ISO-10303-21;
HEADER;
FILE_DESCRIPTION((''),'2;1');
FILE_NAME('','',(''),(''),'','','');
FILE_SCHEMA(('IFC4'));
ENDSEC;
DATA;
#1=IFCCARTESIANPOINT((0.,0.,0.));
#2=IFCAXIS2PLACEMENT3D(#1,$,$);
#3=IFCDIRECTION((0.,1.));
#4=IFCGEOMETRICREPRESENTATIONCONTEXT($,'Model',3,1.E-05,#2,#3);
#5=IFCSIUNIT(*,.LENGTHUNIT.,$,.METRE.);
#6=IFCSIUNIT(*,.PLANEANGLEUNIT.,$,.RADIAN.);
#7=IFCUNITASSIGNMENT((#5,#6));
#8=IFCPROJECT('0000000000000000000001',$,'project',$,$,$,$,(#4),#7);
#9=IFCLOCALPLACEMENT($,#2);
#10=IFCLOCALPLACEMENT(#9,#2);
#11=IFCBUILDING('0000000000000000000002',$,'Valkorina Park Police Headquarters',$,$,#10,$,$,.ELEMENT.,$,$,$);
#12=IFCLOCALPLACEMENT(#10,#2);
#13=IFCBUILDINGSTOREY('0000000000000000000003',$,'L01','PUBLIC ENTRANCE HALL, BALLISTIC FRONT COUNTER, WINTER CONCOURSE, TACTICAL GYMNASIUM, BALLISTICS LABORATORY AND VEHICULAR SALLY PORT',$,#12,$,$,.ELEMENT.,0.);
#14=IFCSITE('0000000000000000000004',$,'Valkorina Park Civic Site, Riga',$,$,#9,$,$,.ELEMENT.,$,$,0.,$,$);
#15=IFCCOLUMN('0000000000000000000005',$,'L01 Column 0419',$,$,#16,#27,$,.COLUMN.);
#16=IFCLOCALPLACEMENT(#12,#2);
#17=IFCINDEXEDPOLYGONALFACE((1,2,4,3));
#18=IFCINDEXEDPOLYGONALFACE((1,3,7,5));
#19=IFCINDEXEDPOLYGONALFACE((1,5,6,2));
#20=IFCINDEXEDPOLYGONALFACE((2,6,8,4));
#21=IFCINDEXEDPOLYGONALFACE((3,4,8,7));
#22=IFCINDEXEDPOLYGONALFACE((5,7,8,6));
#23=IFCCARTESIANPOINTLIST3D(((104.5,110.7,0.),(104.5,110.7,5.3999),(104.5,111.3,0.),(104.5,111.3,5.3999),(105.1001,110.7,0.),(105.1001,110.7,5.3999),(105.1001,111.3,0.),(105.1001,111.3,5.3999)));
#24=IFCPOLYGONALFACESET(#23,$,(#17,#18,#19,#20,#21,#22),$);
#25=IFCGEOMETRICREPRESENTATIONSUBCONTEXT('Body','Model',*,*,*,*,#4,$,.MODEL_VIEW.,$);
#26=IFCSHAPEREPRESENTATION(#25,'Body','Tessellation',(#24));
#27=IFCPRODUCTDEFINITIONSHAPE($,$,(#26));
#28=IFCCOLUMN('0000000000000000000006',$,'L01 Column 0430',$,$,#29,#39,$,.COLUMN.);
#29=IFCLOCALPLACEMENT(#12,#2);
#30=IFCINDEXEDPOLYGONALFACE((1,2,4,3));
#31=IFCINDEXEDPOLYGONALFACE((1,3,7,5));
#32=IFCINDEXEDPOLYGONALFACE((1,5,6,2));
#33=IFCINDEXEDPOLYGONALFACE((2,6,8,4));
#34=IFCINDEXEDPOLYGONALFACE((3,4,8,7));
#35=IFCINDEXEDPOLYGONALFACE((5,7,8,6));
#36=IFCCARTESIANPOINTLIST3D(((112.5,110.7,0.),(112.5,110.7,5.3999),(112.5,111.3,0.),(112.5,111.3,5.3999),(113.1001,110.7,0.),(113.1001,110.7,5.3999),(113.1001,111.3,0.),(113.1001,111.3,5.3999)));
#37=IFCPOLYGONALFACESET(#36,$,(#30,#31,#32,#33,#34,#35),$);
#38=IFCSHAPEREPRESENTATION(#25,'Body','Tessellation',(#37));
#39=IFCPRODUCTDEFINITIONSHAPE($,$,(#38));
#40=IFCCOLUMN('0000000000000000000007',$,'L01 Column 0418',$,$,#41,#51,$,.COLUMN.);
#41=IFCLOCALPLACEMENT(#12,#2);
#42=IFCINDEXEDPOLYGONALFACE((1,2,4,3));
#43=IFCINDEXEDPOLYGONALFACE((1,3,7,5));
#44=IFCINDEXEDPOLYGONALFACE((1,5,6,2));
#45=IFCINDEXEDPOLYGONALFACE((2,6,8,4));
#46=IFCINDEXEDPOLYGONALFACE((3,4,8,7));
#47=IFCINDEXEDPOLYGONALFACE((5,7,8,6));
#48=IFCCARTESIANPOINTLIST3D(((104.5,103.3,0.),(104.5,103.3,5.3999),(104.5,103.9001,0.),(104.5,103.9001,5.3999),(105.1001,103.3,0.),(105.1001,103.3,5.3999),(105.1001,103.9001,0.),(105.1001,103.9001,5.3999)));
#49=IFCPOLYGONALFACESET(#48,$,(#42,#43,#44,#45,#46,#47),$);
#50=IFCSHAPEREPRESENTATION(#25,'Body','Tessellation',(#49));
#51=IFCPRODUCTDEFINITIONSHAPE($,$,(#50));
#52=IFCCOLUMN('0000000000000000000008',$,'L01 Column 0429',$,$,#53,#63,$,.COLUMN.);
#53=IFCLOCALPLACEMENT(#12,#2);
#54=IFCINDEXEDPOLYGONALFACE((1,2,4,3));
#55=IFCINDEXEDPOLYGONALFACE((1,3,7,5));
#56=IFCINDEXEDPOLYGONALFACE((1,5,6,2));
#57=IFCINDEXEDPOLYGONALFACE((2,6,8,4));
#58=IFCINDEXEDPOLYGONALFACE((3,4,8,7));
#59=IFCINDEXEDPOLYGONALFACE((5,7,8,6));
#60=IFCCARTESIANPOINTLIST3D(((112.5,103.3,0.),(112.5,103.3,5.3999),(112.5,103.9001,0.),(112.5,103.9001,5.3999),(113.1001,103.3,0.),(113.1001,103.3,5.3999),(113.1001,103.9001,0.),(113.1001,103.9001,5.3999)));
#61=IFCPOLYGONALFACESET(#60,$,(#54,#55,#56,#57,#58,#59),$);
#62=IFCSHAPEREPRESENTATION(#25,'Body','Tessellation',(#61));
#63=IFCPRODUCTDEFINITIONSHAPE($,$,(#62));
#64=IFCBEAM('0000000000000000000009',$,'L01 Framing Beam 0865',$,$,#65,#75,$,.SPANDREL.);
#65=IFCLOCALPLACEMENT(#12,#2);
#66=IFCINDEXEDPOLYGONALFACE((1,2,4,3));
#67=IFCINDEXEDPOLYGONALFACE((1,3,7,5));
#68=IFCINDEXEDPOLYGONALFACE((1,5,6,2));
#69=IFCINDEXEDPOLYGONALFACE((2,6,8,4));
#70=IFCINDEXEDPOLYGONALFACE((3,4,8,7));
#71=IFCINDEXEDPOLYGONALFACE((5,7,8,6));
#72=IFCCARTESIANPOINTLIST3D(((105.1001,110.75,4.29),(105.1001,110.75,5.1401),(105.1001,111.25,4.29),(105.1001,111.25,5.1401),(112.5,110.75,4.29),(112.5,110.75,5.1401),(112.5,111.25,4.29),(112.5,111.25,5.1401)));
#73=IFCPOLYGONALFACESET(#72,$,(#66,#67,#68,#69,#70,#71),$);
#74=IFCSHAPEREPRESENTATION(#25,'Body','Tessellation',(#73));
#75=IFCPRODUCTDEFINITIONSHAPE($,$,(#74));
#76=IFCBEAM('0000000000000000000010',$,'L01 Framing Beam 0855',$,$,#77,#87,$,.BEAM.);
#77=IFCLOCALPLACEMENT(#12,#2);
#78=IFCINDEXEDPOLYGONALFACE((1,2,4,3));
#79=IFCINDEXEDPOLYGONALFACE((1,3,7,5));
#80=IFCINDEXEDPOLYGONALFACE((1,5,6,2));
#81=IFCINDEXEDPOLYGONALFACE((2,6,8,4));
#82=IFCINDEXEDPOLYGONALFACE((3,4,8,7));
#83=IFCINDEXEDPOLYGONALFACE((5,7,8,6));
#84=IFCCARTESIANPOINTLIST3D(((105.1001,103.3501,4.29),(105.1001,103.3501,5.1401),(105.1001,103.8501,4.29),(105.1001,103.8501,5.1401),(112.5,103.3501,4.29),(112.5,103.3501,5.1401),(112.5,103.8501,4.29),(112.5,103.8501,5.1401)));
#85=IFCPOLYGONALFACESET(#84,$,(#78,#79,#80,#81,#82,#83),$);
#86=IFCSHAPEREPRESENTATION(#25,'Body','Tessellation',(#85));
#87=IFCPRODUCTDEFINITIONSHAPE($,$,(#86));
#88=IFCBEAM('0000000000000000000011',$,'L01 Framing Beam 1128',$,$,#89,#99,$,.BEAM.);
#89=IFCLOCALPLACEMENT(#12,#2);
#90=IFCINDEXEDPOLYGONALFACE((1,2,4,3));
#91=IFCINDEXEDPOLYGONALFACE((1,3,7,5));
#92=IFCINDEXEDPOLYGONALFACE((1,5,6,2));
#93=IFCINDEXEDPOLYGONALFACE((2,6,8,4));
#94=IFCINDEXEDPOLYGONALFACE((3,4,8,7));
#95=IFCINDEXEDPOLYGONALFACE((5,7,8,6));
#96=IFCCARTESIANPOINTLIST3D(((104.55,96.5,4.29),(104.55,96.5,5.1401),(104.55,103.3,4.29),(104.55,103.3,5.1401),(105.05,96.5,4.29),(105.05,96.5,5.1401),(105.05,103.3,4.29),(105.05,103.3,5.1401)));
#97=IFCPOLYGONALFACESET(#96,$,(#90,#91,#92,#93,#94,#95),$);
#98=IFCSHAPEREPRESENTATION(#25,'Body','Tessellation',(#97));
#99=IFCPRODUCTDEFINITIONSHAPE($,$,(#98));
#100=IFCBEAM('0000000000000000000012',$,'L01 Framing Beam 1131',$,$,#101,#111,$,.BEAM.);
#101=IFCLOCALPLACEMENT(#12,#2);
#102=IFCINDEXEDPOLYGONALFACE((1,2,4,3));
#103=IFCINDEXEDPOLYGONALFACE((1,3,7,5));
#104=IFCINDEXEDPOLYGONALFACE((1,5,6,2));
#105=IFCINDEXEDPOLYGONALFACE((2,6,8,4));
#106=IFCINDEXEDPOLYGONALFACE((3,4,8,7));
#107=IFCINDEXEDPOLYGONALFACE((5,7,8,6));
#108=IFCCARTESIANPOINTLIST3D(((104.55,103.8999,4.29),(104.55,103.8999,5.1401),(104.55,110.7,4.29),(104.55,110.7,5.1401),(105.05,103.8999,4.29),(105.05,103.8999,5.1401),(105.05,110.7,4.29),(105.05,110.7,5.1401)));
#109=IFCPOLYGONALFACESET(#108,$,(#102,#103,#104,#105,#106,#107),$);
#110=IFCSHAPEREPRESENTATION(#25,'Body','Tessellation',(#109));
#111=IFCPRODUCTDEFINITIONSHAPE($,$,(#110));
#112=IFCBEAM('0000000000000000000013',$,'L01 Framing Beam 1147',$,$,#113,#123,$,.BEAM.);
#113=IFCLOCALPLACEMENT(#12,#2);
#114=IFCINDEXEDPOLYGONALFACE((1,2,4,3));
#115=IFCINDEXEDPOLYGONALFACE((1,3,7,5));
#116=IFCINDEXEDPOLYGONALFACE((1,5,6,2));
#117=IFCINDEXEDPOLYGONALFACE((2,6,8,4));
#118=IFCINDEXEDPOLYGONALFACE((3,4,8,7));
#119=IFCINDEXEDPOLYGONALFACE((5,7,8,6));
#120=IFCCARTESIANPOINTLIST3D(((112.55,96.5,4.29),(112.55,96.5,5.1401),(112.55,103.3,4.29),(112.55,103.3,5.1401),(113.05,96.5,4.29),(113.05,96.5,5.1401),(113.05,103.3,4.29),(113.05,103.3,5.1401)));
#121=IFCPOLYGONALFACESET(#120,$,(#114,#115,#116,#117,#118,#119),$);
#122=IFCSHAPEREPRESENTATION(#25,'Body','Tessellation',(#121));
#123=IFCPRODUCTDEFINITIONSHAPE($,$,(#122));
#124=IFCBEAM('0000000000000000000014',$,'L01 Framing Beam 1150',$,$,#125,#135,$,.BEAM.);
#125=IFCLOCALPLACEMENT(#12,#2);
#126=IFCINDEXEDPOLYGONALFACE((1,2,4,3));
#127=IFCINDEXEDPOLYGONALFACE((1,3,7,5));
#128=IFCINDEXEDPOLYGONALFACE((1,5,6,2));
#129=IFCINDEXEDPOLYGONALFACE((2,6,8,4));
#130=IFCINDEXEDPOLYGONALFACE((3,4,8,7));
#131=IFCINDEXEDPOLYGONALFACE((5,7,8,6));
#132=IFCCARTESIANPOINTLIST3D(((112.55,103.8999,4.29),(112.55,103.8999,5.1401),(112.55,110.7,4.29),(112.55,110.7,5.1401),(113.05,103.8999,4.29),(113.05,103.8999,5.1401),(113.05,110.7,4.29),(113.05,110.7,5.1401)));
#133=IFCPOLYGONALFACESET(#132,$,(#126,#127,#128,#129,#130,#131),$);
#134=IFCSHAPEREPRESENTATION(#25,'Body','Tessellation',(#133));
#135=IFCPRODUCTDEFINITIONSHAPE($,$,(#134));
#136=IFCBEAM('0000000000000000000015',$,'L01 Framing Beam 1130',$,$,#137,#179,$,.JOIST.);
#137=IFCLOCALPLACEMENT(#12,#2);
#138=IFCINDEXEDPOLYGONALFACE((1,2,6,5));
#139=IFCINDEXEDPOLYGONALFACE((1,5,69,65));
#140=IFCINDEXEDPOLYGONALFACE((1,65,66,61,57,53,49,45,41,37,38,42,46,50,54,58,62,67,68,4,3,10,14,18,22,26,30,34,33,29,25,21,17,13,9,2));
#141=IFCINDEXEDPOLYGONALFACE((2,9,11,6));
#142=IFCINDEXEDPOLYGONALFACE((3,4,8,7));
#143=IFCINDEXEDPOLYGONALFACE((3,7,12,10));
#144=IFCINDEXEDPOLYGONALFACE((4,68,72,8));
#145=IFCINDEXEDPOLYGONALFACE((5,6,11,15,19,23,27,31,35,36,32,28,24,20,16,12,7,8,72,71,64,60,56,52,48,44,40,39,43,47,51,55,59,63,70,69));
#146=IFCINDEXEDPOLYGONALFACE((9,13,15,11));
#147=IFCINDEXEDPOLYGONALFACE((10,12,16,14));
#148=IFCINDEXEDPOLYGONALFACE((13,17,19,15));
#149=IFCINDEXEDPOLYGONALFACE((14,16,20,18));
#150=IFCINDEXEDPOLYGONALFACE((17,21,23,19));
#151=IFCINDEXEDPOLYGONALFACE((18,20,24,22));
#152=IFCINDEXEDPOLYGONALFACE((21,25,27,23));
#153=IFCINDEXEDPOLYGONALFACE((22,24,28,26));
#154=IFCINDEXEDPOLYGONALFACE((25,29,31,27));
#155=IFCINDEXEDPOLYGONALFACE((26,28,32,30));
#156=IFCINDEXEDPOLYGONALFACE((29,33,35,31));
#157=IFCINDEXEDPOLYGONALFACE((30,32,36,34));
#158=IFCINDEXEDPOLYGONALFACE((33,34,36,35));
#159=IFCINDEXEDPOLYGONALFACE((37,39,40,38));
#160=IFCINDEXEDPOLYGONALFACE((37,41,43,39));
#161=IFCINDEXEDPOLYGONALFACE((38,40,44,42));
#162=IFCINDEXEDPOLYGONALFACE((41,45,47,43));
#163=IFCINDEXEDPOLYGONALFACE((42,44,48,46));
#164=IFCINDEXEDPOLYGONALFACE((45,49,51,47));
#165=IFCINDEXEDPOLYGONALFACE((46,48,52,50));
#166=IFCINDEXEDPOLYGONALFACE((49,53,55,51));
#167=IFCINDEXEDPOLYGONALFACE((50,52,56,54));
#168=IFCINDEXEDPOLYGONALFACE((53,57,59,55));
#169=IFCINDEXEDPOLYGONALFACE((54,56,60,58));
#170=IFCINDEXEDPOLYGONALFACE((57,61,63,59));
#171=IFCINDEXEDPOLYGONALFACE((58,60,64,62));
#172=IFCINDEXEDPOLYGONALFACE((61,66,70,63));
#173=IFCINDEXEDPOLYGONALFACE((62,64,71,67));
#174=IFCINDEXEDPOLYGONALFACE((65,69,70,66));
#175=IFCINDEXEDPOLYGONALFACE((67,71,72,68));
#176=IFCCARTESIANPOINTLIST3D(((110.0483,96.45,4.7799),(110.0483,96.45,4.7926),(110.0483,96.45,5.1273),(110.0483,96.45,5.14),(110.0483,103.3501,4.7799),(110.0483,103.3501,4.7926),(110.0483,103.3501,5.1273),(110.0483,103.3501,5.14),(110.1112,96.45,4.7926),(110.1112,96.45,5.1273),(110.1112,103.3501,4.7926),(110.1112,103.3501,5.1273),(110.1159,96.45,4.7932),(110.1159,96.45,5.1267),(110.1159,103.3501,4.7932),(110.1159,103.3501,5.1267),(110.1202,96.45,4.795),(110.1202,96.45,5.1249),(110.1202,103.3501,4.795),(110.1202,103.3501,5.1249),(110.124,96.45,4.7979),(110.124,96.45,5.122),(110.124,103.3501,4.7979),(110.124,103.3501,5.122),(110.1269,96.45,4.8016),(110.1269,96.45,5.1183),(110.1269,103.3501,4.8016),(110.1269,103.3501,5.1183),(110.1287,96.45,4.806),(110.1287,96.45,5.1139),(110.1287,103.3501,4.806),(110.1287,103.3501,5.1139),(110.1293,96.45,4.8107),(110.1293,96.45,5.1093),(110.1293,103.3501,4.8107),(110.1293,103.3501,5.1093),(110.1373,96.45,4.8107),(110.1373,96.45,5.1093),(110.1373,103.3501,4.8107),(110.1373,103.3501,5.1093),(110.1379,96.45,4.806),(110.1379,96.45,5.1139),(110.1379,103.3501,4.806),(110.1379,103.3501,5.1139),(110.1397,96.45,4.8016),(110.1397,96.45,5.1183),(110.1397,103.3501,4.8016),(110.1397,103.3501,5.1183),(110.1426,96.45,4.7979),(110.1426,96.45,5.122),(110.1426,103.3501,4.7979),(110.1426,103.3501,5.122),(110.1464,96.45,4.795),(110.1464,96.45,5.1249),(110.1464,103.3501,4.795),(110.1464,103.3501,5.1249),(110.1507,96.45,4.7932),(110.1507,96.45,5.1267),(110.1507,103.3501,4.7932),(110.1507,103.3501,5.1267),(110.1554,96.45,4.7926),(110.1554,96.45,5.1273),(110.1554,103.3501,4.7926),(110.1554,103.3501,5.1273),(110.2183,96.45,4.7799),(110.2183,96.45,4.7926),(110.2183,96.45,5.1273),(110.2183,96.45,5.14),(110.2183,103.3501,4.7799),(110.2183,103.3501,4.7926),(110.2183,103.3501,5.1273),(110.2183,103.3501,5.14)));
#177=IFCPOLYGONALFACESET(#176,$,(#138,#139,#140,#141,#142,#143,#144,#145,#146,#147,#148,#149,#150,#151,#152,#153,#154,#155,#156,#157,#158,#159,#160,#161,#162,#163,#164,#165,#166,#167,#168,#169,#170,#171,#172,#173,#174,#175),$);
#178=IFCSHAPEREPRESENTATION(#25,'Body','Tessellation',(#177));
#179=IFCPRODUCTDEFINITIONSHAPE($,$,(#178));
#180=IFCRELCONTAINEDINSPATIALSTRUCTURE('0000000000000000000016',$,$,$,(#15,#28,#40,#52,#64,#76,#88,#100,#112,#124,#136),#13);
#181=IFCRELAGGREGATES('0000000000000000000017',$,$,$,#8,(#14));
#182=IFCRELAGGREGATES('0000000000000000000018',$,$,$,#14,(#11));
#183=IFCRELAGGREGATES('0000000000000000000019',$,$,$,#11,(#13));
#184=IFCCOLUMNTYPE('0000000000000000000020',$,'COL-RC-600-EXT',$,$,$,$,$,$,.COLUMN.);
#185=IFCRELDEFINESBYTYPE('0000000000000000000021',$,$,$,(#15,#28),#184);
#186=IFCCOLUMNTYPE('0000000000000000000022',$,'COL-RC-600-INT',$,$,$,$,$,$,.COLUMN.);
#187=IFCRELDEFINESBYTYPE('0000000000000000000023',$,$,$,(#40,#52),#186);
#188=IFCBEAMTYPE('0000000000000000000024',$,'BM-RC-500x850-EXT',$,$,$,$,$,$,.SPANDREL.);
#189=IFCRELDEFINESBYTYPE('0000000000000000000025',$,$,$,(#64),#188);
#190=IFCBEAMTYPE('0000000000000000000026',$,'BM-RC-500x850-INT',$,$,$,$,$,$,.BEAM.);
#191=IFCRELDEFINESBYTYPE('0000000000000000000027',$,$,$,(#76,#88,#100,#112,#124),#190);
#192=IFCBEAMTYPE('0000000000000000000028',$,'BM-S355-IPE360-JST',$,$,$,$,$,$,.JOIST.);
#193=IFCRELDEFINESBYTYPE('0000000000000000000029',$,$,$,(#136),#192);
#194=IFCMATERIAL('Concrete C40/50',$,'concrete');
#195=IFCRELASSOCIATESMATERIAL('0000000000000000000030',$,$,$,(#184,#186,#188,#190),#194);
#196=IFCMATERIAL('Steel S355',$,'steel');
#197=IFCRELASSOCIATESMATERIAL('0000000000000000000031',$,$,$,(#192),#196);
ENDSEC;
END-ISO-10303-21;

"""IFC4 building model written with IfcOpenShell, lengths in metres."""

from ifc_helpers import new_model, si_unit, direction, frame, origin, origin_2d, place, context, subcontext, project, spatial, rectangle, i_section, extrude, material, material_profile, profile_set, type_object, element, save


model = new_model("IFC4")

# Units and contexts
model_context = context("Model", 3, precision=1e-05, world=origin(), true_north=direction((0.0, 1.0)))
body_context = subcontext(model_context, "Body", "Model", "MODEL_VIEW")
ifc_project = project(units=[si_unit("LENGTHUNIT", "METRE"), si_unit("PLANEANGLEUNIT", "RADIAN")], contexts=[model_context])

# Site, building, storey
site_placement = place(None, origin())
site = spatial("IfcSite", under=ifc_project, at=site_placement, Name="Valkorina Park Civic Site, Riga", CompositionType="ELEMENT", RefElevation=0.0)
building_placement = place(site_placement, origin())
building = spatial("IfcBuilding", under=site, at=building_placement, Name="Valkorina Park Police Headquarters", CompositionType="ELEMENT")
storey_placement = place(building_placement, origin())
storey = spatial("IfcBuildingStorey", under=building, at=storey_placement, Name="L01", Description="PUBLIC ENTRANCE HALL, BALLISTIC FRONT COUNTER, WINTER CONCOURSE, TACTICAL GYMNASIUM, BALLISTICS LABORATORY AND VEHICULAR SALLY PORT", CompositionType="ELEMENT", Elevation=0.0)

# Columns
ifc_material_1 = material(Name="Concrete C40/50", Category="concrete")
ifc_material_profile_1 = material_profile(ifc_material_1, rectangle(XDim=0.6001, YDim=0.6001, at=origin_2d()), Name="RC COL 600x600")
ifc_profile_set_1 = profile_set([ifc_material_profile_1], Name="Concrete C40/50")
column_type_1 = type_object("IfcColumnType", Name="COL-RC-600-EXT", PredefinedType="COLUMN", material=ifc_profile_set_1)
for number, where, z_axis, x_axis, name in (
    (1, (104.8, 111.0, 0.0), (0.0, 0.0, 1.0), (1.0, 0.0, 0.0), "L01 Column 0419"),
    (2, (112.8, 111.0, 0.0), (0.0, 0.0, 1.0), (1.0, 0.0, 0.0), "L01 Column 0430"),
):
    element("IfcColumn", number, at=place(storey_placement, frame(where, z_axis=z_axis, x_axis=x_axis)), inside=storey, type_object=column_type_1, Name=name, PredefinedType="COLUMN", context=body_context, shape_type="SweptSolid", body=[
        extrude(rectangle(XDim=0.6001, YDim=0.6001, at=origin_2d()), origin(), (0.0, 0.0, 1.0), 5.3999),
    ])
ifc_material_profile_2 = material_profile(ifc_material_1, rectangle(XDim=0.6001, YDim=0.6001, at=origin_2d()), Name="RC COL 600x600")
ifc_profile_set_2 = profile_set([ifc_material_profile_2], Name="Concrete C40/50")
column_type_2 = type_object("IfcColumnType", Name="COL-RC-600-INT", PredefinedType="COLUMN", material=ifc_profile_set_2)
for number, where, z_axis, x_axis, name in (
    (3, (104.8, 103.6001, 0.0), (0.0, 0.0, 1.0), (1.0, 0.0, 0.0), "L01 Column 0418"),
    (4, (112.8, 103.6001, 0.0), (0.0, 0.0, 1.0), (1.0, 0.0, 0.0), "L01 Column 0429"),
):
    element("IfcColumn", number, at=place(storey_placement, frame(where, z_axis=z_axis, x_axis=x_axis)), inside=storey, type_object=column_type_2, Name=name, PredefinedType="COLUMN", context=body_context, shape_type="SweptSolid", body=[
        extrude(rectangle(XDim=0.6001, YDim=0.6001, at=origin_2d()), origin(), (0.0, 0.0, 1.0), 5.3999),
    ])

# Beams
ifc_material_profile_3 = material_profile(ifc_material_1, rectangle(XDim=0.5, YDim=0.8501, at=origin_2d()), Name="RC BEAM 500x850")
ifc_profile_set_3 = profile_set([ifc_material_profile_3], Name="Concrete C40/50")
beam_type_1 = type_object("IfcBeamType", Name="BM-RC-500x850-EXT", PredefinedType="SPANDREL", material=ifc_profile_set_3)
beam_1_placement = place(storey_placement, frame((105.1001, 111.0, 4.7151), z_axis=(1.0, 0.0, 0.0), x_axis=(0.0, 1.0, 0.0)))
element("IfcBeam", 5, at=beam_1_placement, inside=storey, type_object=beam_type_1, Name="L01 Framing Beam 0865", PredefinedType="SPANDREL", context=body_context, shape_type="SweptSolid", body=[
    extrude(rectangle(XDim=0.5, YDim=0.8501, at=origin_2d()), origin(), (0.0, 0.0, 1.0), 7.3999),
])
ifc_material_profile_4 = material_profile(ifc_material_1, rectangle(XDim=0.5, YDim=0.8501, at=origin_2d()), Name="RC BEAM 500x850")
ifc_profile_set_4 = profile_set([ifc_material_profile_4], Name="Concrete C40/50")
beam_type_2 = type_object("IfcBeamType", Name="BM-RC-500x850-INT", PredefinedType="BEAM", material=ifc_profile_set_4)
beam_2_placement = place(storey_placement, frame((105.1001, 103.6001, 4.7151), z_axis=(1.0, 0.0, 0.0), x_axis=(0.0, 1.0, 0.0)))
element("IfcBeam", 6, at=beam_2_placement, inside=storey, type_object=beam_type_2, Name="L01 Framing Beam 0855", PredefinedType="BEAM", context=body_context, shape_type="SweptSolid", body=[
    extrude(rectangle(XDim=0.5, YDim=0.8501, at=origin_2d()), origin(), (0.0, 0.0, 1.0), 7.3999),
])
for number, where, z_axis, x_axis, name in (
    (7, (104.8, 96.5, 4.7151), (0.0, 1.0, 0.0), (-1.0, 0.0, 0.0), "L01 Framing Beam 1128"),
    (8, (104.8, 103.8999, 4.7151), (0.0, 1.0, 0.0), (-1.0, 0.0, 0.0), "L01 Framing Beam 1131"),
    (9, (112.8, 96.5, 4.7151), (0.0, 1.0, 0.0), (-1.0, 0.0, 0.0), "L01 Framing Beam 1147"),
    (10, (112.8, 103.8999, 4.7151), (0.0, 1.0, 0.0), (-1.0, 0.0, 0.0), "L01 Framing Beam 1150"),
):
    element("IfcBeam", number, at=place(storey_placement, frame(where, z_axis=z_axis, x_axis=x_axis)), inside=storey, type_object=beam_type_2, Name=name, PredefinedType="BEAM", context=body_context, shape_type="SweptSolid", body=[
        extrude(rectangle(XDim=0.5, YDim=0.8501, at=origin_2d()), origin(), (0.0, 0.0, 1.0), 6.8),
    ])
ifc_material_2 = material(Name="Steel S355", Category="steel")
ifc_material_profile_5 = material_profile(ifc_material_2, i_section(OverallWidth=0.1699, OverallDepth=0.3601, WebThickness=0.0081, FlangeThickness=0.0127, FilletRadius=0.0181, at=origin_2d()), Name="IPE 360")
ifc_profile_set_5 = profile_set([ifc_material_profile_5], Name="Steel S355")
beam_type_3 = type_object("IfcBeamType", Name="BM-S355-IPE360-JST", PredefinedType="JOIST", material=ifc_profile_set_5)
beam_3_placement = place(storey_placement, frame((110.1333, 96.45, 4.96), z_axis=(0.0, 1.0, 0.0), x_axis=(-1.0, 0.0, 0.0)))
element("IfcBeam", 11, at=beam_3_placement, inside=storey, type_object=beam_type_3, Name="L01 Framing Beam 1130", PredefinedType="JOIST", context=body_context, shape_type="SweptSolid", body=[
    extrude(i_section(OverallWidth=0.1699, OverallDepth=0.3601, WebThickness=0.0081, FlangeThickness=0.0127, FilletRadius=0.0181, at=origin_2d()), origin(), (0.0, 0.0, 1.0), 6.9001),
])

save(model, "model.ifc")
